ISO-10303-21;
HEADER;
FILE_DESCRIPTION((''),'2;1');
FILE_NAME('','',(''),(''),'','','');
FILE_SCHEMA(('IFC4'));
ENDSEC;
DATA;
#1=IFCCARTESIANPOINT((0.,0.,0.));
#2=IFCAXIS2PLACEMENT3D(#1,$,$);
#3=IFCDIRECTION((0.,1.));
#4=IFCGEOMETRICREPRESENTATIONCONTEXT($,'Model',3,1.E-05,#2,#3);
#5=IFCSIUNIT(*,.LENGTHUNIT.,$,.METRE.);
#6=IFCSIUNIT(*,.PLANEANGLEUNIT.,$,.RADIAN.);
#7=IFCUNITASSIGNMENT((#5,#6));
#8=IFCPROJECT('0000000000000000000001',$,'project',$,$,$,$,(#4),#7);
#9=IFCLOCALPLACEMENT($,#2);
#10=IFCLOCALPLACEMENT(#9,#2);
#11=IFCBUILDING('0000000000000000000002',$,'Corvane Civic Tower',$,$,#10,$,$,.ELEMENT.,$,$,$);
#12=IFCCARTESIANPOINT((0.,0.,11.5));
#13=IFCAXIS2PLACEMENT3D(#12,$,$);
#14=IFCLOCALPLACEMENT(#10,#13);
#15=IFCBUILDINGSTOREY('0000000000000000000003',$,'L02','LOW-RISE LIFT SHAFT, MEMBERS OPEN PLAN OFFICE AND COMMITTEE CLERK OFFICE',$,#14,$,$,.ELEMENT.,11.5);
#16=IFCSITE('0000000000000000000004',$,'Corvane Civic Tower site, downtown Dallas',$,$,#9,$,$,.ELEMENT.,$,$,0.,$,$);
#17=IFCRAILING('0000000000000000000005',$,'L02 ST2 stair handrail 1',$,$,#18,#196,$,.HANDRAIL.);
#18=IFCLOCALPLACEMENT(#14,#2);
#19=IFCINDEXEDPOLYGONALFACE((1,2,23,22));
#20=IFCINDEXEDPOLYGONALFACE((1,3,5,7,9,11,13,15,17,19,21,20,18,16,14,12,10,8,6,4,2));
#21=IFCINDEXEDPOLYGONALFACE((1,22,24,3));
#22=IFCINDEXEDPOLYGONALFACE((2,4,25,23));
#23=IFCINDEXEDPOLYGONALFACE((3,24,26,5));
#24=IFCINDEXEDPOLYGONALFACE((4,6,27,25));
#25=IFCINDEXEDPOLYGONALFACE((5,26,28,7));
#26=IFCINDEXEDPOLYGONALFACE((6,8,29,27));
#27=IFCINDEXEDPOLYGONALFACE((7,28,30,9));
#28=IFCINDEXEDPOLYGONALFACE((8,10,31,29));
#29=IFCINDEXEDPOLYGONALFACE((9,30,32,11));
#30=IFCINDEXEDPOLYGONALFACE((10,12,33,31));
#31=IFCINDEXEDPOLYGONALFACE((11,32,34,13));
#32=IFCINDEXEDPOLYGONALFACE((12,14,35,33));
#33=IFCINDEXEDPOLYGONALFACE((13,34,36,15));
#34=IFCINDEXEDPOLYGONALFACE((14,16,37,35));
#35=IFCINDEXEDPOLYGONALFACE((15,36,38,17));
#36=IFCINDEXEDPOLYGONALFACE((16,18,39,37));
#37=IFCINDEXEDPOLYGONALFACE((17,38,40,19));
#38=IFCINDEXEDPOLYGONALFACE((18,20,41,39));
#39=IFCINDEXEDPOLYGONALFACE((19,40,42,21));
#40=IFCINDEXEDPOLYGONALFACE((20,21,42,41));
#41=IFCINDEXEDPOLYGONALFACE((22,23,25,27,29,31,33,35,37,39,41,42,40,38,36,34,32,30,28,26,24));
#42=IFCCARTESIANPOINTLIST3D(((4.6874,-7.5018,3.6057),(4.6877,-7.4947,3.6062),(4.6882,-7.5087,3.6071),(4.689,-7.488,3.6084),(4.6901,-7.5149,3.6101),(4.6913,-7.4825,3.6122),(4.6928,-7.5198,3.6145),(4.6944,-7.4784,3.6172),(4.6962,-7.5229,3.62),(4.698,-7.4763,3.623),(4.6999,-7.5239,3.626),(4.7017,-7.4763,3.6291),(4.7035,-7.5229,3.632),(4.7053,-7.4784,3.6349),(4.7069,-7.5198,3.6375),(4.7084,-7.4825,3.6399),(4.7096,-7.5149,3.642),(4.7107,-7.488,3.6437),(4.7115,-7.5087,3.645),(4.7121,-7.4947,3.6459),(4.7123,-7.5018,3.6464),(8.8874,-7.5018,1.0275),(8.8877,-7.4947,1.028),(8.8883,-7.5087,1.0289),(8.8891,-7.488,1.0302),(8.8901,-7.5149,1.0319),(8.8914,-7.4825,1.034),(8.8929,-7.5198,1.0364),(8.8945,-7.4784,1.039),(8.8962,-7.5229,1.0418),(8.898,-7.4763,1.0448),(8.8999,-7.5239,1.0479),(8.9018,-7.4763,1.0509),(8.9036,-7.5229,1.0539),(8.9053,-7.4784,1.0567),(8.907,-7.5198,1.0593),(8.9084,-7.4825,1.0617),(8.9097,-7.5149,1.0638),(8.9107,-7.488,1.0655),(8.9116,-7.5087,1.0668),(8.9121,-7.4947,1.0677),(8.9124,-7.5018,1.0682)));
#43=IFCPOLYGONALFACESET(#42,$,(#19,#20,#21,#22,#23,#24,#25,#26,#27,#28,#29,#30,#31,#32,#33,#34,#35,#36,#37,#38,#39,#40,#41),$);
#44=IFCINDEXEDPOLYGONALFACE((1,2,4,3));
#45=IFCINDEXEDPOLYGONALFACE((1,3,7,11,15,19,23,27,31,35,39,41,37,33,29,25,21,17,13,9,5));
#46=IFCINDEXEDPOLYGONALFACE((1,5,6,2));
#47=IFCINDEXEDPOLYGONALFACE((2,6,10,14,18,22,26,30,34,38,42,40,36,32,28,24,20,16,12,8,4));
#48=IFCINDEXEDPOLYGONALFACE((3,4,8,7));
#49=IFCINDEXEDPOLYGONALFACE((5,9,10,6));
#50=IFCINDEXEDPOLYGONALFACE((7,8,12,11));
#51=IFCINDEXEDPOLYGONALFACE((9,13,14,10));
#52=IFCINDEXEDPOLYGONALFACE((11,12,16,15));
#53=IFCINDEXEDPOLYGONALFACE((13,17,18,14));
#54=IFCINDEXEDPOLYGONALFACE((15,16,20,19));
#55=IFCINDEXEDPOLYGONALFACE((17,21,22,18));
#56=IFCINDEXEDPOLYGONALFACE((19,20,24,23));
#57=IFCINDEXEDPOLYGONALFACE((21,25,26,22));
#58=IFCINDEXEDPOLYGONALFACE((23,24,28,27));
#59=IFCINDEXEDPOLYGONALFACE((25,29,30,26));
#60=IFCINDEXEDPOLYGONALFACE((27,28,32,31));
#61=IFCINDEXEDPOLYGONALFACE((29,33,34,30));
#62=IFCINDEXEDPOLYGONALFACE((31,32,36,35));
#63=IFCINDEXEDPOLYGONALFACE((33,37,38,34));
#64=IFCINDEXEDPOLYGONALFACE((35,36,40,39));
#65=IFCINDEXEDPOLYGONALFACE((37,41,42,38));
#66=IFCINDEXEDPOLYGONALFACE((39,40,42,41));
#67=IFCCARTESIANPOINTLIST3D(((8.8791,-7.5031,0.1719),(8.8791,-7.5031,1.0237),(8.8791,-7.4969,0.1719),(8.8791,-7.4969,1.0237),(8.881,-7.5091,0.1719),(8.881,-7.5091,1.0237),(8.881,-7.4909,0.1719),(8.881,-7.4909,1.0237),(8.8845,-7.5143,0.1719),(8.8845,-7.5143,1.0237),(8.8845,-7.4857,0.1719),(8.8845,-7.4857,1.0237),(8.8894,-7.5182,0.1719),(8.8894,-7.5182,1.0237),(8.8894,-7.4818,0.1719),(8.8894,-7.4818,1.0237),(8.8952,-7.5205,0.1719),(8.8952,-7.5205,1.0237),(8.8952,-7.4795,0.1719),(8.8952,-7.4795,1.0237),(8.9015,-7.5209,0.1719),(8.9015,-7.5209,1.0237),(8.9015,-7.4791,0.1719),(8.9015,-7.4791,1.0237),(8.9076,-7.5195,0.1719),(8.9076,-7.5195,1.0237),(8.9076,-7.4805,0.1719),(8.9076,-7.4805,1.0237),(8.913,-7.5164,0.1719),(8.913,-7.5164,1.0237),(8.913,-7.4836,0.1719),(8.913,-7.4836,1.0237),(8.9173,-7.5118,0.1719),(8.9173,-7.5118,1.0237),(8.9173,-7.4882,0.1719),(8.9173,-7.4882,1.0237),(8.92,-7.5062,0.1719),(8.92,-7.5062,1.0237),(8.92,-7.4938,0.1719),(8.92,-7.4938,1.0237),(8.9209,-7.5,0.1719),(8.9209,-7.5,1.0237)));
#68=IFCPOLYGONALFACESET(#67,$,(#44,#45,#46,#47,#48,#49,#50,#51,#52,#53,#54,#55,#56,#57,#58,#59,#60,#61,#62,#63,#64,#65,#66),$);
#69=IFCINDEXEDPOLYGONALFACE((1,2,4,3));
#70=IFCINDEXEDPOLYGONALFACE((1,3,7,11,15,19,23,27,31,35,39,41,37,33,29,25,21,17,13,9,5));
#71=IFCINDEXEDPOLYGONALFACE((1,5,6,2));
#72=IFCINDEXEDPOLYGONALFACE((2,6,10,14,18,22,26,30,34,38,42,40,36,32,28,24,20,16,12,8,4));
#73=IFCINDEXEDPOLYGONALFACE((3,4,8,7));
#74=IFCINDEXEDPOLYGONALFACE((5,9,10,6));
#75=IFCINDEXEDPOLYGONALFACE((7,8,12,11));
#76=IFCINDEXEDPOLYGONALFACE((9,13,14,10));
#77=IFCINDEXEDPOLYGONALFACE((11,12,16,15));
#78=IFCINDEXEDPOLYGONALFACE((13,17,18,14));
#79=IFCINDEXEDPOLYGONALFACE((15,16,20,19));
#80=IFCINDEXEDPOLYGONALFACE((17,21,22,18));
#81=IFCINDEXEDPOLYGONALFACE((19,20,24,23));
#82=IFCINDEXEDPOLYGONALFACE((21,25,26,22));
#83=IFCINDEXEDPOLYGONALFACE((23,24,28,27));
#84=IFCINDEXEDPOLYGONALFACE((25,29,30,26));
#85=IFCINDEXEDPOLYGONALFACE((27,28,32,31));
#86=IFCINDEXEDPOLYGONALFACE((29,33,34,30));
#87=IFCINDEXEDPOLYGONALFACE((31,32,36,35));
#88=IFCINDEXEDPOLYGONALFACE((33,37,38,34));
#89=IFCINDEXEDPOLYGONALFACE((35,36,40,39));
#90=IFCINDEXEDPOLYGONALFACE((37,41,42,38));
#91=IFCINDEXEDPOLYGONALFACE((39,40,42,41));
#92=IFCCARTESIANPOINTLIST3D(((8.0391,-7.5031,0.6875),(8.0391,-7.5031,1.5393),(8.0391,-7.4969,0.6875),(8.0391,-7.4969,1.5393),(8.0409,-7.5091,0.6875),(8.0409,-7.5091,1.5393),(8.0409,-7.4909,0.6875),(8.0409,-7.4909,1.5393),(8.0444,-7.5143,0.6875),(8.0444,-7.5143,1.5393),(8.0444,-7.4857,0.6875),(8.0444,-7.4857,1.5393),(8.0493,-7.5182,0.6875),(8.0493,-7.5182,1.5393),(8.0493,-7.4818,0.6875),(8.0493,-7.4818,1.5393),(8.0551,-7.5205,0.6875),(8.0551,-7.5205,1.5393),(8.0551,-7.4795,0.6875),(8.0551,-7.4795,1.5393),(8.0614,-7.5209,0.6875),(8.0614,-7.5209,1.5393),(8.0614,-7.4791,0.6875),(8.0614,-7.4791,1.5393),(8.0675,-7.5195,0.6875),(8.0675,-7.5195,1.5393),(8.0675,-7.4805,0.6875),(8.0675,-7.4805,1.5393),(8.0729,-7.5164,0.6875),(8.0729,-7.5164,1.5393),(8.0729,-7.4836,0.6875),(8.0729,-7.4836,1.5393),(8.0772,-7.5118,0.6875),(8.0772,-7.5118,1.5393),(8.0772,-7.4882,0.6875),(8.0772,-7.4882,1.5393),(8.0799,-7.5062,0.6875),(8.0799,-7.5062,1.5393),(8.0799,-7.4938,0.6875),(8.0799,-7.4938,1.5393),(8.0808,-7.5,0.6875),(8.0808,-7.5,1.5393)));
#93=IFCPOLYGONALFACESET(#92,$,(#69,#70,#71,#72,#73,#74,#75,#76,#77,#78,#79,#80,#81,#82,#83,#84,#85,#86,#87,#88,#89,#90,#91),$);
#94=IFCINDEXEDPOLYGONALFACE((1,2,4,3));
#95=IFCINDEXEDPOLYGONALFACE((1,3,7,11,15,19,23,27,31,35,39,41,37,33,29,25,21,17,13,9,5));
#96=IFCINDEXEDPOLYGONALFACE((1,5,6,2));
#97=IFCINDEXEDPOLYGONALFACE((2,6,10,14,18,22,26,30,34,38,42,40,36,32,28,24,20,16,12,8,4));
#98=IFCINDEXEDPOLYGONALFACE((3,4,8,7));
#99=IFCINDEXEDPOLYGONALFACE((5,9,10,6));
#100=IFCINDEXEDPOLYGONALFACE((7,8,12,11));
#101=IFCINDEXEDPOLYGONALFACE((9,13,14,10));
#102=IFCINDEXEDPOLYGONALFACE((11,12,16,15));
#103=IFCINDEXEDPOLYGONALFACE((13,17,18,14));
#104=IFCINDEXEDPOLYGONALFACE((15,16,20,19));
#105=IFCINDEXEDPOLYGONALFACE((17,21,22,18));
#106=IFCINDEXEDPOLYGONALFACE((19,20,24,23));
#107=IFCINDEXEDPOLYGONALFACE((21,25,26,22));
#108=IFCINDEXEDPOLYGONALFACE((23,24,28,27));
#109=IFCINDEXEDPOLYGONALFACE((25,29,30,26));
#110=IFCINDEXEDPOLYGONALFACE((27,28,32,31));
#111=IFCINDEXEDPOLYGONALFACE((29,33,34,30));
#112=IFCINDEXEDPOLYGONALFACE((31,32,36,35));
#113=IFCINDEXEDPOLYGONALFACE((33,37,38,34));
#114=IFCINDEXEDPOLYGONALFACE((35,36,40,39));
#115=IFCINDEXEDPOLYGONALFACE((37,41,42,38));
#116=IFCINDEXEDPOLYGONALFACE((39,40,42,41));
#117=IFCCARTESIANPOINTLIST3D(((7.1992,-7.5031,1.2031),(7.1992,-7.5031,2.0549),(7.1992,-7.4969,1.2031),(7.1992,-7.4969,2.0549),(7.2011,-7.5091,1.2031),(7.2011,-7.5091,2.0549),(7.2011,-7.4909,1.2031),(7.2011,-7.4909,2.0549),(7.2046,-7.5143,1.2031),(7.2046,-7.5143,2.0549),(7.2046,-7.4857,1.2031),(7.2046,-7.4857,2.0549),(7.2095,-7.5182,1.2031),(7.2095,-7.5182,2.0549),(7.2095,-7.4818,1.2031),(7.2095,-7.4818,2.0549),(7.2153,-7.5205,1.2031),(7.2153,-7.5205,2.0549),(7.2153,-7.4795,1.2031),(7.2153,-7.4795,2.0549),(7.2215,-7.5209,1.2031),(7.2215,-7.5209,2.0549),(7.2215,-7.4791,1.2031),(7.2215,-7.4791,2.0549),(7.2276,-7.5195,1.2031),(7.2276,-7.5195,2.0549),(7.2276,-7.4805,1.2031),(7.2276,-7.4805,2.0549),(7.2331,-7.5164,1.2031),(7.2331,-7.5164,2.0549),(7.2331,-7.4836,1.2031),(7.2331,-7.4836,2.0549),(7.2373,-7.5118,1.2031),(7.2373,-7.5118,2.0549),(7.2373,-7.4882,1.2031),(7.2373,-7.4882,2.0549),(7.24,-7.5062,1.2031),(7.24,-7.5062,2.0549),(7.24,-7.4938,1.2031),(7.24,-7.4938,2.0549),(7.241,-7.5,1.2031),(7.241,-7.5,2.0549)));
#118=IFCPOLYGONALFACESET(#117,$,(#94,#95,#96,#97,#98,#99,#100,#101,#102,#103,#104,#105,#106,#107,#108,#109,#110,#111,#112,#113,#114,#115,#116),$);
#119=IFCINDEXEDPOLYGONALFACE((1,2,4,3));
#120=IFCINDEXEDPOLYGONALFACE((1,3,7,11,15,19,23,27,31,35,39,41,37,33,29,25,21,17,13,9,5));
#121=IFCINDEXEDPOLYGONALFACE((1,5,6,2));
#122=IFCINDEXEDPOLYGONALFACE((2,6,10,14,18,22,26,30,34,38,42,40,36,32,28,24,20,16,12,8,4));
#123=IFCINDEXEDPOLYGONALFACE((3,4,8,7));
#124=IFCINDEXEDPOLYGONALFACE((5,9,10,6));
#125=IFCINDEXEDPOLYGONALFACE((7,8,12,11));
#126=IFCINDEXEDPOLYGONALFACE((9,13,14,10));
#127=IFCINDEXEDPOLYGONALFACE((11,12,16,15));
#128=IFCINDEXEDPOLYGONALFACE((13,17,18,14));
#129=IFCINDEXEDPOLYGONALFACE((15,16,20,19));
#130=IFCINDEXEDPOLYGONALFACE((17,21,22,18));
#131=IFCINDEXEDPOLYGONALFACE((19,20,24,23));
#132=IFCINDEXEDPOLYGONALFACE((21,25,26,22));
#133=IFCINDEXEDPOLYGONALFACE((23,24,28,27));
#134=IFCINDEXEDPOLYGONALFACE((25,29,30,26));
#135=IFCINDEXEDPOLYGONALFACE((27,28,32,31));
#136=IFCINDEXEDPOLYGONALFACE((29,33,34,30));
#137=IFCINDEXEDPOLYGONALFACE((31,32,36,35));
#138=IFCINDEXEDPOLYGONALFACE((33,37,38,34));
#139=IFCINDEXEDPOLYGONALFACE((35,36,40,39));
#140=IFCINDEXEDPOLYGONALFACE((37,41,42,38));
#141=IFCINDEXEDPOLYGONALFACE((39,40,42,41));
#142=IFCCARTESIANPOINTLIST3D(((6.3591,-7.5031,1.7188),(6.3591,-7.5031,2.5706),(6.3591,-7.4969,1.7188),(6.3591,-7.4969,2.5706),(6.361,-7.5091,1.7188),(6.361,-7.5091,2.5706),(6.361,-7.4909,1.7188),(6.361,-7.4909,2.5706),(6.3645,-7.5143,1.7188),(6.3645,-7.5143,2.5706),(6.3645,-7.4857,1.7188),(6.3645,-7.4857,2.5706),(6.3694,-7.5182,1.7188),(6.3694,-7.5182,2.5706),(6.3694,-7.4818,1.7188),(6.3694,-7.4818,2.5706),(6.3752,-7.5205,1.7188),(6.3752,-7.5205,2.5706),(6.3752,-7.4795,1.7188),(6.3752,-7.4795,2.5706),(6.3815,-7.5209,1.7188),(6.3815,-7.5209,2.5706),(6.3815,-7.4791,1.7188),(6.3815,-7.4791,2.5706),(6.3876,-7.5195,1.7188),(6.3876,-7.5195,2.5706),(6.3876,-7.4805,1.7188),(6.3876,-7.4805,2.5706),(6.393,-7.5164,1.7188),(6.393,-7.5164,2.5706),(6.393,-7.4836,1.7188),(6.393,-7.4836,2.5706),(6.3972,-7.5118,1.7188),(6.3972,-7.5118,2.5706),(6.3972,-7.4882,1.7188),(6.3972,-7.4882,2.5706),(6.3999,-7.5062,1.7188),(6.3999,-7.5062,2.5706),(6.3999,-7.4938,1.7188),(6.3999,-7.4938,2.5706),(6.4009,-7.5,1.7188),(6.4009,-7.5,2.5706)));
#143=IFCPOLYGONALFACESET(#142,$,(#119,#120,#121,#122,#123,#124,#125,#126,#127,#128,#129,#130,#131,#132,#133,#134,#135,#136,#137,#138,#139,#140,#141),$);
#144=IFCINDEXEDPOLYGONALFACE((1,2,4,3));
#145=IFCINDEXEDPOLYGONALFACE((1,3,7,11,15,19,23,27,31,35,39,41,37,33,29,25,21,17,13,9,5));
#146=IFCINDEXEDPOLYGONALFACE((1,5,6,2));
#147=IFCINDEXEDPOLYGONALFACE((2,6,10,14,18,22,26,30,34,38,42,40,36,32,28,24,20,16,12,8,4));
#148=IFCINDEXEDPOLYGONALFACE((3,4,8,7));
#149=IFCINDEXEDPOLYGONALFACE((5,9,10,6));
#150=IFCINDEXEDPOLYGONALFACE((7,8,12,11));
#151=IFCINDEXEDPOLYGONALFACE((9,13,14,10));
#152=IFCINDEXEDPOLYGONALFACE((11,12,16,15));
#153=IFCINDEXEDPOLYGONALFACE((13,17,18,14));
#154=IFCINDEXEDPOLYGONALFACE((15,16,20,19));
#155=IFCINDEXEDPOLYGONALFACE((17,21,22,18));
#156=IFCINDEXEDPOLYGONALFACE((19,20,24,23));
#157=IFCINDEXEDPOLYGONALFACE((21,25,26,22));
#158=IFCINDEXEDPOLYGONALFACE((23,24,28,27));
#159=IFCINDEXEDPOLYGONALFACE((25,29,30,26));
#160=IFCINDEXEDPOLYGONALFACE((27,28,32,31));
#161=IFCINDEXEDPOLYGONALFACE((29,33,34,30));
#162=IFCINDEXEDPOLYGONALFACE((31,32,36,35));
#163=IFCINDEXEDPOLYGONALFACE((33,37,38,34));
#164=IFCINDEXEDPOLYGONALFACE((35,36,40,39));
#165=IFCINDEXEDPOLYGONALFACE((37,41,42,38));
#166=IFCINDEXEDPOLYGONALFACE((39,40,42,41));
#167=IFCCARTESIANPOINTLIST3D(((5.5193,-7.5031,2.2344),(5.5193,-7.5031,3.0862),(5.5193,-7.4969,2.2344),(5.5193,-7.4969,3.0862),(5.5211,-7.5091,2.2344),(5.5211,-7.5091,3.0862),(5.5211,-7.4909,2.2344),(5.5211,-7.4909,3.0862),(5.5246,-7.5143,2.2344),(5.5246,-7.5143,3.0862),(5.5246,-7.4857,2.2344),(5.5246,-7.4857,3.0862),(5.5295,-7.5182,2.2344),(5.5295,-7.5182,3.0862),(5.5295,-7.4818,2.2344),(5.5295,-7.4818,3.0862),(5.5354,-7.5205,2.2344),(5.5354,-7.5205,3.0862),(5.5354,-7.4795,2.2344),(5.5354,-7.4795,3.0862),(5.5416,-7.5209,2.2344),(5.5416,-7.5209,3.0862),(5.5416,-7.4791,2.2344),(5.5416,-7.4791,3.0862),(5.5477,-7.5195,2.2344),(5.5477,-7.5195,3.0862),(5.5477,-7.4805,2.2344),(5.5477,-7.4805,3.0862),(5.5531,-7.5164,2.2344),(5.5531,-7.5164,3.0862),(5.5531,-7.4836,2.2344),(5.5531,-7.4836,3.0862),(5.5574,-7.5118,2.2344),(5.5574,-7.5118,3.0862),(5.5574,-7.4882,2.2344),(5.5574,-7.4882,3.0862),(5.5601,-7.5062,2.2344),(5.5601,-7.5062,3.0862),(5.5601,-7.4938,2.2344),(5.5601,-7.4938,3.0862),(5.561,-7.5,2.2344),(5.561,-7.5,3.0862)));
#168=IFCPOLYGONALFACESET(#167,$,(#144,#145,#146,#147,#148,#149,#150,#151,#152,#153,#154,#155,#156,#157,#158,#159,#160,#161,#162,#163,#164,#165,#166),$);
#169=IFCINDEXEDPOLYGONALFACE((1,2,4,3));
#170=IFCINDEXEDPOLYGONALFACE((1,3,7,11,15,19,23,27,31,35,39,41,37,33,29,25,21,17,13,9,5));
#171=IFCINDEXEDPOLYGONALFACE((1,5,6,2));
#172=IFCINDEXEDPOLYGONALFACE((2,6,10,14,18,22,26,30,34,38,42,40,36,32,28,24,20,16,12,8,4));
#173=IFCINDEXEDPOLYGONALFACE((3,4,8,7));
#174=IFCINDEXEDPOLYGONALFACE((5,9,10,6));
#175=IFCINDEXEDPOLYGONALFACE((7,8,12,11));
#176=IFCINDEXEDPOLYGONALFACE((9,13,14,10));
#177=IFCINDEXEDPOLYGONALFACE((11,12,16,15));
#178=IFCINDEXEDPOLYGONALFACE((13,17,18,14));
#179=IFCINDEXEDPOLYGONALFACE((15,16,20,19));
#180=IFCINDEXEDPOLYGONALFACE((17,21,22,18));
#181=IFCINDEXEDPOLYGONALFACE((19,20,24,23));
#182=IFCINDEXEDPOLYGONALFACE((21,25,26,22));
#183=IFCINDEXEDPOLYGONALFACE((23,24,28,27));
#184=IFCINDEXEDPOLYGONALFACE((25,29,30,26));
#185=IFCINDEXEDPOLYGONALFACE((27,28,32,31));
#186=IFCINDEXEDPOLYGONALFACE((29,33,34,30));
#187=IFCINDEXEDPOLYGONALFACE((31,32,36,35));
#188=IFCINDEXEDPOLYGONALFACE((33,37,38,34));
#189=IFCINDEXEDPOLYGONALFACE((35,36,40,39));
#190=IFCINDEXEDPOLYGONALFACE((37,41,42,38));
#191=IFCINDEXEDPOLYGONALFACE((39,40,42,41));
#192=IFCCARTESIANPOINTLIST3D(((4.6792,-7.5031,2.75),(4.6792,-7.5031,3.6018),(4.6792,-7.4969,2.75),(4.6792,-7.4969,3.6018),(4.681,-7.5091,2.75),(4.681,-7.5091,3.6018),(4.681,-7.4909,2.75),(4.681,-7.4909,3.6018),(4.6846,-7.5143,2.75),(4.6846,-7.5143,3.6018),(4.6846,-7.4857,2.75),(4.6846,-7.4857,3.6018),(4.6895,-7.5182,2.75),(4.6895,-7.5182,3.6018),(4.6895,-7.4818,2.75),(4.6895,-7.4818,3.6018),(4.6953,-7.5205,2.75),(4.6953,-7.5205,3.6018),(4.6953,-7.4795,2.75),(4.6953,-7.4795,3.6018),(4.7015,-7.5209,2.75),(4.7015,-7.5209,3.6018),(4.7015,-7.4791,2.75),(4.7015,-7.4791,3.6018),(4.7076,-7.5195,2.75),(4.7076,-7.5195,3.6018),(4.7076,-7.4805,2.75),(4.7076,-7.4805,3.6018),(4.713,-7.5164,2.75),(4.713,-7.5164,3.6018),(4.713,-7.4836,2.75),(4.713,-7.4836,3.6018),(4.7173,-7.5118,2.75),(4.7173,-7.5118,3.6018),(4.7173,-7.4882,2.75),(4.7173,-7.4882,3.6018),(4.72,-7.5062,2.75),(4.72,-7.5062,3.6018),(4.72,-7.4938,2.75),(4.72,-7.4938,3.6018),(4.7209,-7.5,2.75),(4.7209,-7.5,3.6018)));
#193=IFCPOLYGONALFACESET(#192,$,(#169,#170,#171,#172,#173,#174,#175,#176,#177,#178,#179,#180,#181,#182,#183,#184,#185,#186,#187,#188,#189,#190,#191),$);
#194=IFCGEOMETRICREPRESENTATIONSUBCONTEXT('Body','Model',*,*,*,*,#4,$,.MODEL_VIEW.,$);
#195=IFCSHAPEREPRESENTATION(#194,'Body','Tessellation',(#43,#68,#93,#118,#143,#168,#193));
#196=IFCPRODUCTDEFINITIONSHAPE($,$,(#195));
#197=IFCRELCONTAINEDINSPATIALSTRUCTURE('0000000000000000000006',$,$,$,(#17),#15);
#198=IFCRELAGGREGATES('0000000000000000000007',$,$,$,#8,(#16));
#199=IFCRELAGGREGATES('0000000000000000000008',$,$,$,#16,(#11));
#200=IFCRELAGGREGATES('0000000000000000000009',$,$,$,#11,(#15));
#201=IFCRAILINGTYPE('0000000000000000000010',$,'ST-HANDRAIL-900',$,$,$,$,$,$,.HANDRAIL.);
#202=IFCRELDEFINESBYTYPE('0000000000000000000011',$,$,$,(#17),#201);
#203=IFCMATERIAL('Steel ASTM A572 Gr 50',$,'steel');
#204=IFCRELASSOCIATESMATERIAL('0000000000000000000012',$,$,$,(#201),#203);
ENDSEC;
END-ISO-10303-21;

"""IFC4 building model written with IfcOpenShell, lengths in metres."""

from ifc_helpers import new_model, si_unit, direction, frame, origin, origin_2d, place, context, subcontext, project, spatial, circle, extrude, material, type_object, element, save


model = new_model("IFC4")

# Units and contexts
model_context = context("Model", 3, precision=1e-05, world=origin(), true_north=direction((0.0, 1.0)))
body_context = subcontext(model_context, "Body", "Model", "MODEL_VIEW")
ifc_project = project(units=[si_unit("LENGTHUNIT", "METRE"), si_unit("PLANEANGLEUNIT", "RADIAN")], contexts=[model_context])

# Site, building, storey
site_placement = place(None, origin())
site = spatial("IfcSite", under=ifc_project, at=site_placement, Name="Corvane Civic Tower site, downtown Dallas", CompositionType="ELEMENT", RefElevation=0.0)
building_placement = place(site_placement, origin())
building = spatial("IfcBuilding", under=site, at=building_placement, Name="Corvane Civic Tower", CompositionType="ELEMENT")
storey_placement = place(building_placement, frame((0.0, 0.0, 11.5)))
storey = spatial("IfcBuildingStorey", under=building, at=storey_placement, Name="L02", Description="LOW-RISE LIFT SHAFT, MEMBERS OPEN PLAN OFFICE AND COMMITTEE CLERK OFFICE", CompositionType="ELEMENT", Elevation=11.5)

# Railing
ifc_material_1 = material(Name="Steel ASTM A572 Gr 50", Category="steel")
railing_type = type_object("IfcRailingType", Name="ST-HANDRAIL-900", PredefinedType="HANDRAIL", material=ifc_material_1)
railing_placement = place(storey_placement, frame((8.8999, -7.5, 0.1719)))
element("IfcRailing", 1, at=railing_placement, inside=storey, type_object=railing_type, Name="L02 ST2 stair handrail 1", PredefinedType="HANDRAIL", context=body_context, shape_type="SweptSolid", body=[
    extrude(circle(Radius=0.0239, at=origin_2d()), frame((0.0, 0.0, 0.876), z_axis=(-0.852243, 0.0, 0.523146), x_axis=(0.0, -1.0, 0.0)), (0.0, 0.0, 1.0), 4.9282),
    extrude(circle(Radius=0.021, at=origin_2d()), origin(), (0.0, 0.0, 1.0), 0.8518),
    extrude(circle(Radius=0.021, at=origin_2d()), frame((-0.8401, 0.0, 0.5156)), (0.0, 0.0, 1.0), 0.8518),
    extrude(circle(Radius=0.021, at=origin_2d()), frame((-1.6799, 0.0, 1.0312)), (0.0, 0.0, 1.0), 0.8518),
    extrude(circle(Radius=0.021, at=origin_2d()), frame((-2.52, 0.0, 1.5469)), (0.0, 0.0, 1.0), 0.8518),
    extrude(circle(Radius=0.021, at=origin_2d()), frame((-3.3599, 0.0, 2.0625)), (0.0, 0.0, 1.0), 0.8518),
    extrude(circle(Radius=0.021, at=origin_2d()), frame((-4.2, 0.0, 2.5781)), (0.0, 0.0, 1.0), 0.8518),
])

save(model, "model.ifc")
